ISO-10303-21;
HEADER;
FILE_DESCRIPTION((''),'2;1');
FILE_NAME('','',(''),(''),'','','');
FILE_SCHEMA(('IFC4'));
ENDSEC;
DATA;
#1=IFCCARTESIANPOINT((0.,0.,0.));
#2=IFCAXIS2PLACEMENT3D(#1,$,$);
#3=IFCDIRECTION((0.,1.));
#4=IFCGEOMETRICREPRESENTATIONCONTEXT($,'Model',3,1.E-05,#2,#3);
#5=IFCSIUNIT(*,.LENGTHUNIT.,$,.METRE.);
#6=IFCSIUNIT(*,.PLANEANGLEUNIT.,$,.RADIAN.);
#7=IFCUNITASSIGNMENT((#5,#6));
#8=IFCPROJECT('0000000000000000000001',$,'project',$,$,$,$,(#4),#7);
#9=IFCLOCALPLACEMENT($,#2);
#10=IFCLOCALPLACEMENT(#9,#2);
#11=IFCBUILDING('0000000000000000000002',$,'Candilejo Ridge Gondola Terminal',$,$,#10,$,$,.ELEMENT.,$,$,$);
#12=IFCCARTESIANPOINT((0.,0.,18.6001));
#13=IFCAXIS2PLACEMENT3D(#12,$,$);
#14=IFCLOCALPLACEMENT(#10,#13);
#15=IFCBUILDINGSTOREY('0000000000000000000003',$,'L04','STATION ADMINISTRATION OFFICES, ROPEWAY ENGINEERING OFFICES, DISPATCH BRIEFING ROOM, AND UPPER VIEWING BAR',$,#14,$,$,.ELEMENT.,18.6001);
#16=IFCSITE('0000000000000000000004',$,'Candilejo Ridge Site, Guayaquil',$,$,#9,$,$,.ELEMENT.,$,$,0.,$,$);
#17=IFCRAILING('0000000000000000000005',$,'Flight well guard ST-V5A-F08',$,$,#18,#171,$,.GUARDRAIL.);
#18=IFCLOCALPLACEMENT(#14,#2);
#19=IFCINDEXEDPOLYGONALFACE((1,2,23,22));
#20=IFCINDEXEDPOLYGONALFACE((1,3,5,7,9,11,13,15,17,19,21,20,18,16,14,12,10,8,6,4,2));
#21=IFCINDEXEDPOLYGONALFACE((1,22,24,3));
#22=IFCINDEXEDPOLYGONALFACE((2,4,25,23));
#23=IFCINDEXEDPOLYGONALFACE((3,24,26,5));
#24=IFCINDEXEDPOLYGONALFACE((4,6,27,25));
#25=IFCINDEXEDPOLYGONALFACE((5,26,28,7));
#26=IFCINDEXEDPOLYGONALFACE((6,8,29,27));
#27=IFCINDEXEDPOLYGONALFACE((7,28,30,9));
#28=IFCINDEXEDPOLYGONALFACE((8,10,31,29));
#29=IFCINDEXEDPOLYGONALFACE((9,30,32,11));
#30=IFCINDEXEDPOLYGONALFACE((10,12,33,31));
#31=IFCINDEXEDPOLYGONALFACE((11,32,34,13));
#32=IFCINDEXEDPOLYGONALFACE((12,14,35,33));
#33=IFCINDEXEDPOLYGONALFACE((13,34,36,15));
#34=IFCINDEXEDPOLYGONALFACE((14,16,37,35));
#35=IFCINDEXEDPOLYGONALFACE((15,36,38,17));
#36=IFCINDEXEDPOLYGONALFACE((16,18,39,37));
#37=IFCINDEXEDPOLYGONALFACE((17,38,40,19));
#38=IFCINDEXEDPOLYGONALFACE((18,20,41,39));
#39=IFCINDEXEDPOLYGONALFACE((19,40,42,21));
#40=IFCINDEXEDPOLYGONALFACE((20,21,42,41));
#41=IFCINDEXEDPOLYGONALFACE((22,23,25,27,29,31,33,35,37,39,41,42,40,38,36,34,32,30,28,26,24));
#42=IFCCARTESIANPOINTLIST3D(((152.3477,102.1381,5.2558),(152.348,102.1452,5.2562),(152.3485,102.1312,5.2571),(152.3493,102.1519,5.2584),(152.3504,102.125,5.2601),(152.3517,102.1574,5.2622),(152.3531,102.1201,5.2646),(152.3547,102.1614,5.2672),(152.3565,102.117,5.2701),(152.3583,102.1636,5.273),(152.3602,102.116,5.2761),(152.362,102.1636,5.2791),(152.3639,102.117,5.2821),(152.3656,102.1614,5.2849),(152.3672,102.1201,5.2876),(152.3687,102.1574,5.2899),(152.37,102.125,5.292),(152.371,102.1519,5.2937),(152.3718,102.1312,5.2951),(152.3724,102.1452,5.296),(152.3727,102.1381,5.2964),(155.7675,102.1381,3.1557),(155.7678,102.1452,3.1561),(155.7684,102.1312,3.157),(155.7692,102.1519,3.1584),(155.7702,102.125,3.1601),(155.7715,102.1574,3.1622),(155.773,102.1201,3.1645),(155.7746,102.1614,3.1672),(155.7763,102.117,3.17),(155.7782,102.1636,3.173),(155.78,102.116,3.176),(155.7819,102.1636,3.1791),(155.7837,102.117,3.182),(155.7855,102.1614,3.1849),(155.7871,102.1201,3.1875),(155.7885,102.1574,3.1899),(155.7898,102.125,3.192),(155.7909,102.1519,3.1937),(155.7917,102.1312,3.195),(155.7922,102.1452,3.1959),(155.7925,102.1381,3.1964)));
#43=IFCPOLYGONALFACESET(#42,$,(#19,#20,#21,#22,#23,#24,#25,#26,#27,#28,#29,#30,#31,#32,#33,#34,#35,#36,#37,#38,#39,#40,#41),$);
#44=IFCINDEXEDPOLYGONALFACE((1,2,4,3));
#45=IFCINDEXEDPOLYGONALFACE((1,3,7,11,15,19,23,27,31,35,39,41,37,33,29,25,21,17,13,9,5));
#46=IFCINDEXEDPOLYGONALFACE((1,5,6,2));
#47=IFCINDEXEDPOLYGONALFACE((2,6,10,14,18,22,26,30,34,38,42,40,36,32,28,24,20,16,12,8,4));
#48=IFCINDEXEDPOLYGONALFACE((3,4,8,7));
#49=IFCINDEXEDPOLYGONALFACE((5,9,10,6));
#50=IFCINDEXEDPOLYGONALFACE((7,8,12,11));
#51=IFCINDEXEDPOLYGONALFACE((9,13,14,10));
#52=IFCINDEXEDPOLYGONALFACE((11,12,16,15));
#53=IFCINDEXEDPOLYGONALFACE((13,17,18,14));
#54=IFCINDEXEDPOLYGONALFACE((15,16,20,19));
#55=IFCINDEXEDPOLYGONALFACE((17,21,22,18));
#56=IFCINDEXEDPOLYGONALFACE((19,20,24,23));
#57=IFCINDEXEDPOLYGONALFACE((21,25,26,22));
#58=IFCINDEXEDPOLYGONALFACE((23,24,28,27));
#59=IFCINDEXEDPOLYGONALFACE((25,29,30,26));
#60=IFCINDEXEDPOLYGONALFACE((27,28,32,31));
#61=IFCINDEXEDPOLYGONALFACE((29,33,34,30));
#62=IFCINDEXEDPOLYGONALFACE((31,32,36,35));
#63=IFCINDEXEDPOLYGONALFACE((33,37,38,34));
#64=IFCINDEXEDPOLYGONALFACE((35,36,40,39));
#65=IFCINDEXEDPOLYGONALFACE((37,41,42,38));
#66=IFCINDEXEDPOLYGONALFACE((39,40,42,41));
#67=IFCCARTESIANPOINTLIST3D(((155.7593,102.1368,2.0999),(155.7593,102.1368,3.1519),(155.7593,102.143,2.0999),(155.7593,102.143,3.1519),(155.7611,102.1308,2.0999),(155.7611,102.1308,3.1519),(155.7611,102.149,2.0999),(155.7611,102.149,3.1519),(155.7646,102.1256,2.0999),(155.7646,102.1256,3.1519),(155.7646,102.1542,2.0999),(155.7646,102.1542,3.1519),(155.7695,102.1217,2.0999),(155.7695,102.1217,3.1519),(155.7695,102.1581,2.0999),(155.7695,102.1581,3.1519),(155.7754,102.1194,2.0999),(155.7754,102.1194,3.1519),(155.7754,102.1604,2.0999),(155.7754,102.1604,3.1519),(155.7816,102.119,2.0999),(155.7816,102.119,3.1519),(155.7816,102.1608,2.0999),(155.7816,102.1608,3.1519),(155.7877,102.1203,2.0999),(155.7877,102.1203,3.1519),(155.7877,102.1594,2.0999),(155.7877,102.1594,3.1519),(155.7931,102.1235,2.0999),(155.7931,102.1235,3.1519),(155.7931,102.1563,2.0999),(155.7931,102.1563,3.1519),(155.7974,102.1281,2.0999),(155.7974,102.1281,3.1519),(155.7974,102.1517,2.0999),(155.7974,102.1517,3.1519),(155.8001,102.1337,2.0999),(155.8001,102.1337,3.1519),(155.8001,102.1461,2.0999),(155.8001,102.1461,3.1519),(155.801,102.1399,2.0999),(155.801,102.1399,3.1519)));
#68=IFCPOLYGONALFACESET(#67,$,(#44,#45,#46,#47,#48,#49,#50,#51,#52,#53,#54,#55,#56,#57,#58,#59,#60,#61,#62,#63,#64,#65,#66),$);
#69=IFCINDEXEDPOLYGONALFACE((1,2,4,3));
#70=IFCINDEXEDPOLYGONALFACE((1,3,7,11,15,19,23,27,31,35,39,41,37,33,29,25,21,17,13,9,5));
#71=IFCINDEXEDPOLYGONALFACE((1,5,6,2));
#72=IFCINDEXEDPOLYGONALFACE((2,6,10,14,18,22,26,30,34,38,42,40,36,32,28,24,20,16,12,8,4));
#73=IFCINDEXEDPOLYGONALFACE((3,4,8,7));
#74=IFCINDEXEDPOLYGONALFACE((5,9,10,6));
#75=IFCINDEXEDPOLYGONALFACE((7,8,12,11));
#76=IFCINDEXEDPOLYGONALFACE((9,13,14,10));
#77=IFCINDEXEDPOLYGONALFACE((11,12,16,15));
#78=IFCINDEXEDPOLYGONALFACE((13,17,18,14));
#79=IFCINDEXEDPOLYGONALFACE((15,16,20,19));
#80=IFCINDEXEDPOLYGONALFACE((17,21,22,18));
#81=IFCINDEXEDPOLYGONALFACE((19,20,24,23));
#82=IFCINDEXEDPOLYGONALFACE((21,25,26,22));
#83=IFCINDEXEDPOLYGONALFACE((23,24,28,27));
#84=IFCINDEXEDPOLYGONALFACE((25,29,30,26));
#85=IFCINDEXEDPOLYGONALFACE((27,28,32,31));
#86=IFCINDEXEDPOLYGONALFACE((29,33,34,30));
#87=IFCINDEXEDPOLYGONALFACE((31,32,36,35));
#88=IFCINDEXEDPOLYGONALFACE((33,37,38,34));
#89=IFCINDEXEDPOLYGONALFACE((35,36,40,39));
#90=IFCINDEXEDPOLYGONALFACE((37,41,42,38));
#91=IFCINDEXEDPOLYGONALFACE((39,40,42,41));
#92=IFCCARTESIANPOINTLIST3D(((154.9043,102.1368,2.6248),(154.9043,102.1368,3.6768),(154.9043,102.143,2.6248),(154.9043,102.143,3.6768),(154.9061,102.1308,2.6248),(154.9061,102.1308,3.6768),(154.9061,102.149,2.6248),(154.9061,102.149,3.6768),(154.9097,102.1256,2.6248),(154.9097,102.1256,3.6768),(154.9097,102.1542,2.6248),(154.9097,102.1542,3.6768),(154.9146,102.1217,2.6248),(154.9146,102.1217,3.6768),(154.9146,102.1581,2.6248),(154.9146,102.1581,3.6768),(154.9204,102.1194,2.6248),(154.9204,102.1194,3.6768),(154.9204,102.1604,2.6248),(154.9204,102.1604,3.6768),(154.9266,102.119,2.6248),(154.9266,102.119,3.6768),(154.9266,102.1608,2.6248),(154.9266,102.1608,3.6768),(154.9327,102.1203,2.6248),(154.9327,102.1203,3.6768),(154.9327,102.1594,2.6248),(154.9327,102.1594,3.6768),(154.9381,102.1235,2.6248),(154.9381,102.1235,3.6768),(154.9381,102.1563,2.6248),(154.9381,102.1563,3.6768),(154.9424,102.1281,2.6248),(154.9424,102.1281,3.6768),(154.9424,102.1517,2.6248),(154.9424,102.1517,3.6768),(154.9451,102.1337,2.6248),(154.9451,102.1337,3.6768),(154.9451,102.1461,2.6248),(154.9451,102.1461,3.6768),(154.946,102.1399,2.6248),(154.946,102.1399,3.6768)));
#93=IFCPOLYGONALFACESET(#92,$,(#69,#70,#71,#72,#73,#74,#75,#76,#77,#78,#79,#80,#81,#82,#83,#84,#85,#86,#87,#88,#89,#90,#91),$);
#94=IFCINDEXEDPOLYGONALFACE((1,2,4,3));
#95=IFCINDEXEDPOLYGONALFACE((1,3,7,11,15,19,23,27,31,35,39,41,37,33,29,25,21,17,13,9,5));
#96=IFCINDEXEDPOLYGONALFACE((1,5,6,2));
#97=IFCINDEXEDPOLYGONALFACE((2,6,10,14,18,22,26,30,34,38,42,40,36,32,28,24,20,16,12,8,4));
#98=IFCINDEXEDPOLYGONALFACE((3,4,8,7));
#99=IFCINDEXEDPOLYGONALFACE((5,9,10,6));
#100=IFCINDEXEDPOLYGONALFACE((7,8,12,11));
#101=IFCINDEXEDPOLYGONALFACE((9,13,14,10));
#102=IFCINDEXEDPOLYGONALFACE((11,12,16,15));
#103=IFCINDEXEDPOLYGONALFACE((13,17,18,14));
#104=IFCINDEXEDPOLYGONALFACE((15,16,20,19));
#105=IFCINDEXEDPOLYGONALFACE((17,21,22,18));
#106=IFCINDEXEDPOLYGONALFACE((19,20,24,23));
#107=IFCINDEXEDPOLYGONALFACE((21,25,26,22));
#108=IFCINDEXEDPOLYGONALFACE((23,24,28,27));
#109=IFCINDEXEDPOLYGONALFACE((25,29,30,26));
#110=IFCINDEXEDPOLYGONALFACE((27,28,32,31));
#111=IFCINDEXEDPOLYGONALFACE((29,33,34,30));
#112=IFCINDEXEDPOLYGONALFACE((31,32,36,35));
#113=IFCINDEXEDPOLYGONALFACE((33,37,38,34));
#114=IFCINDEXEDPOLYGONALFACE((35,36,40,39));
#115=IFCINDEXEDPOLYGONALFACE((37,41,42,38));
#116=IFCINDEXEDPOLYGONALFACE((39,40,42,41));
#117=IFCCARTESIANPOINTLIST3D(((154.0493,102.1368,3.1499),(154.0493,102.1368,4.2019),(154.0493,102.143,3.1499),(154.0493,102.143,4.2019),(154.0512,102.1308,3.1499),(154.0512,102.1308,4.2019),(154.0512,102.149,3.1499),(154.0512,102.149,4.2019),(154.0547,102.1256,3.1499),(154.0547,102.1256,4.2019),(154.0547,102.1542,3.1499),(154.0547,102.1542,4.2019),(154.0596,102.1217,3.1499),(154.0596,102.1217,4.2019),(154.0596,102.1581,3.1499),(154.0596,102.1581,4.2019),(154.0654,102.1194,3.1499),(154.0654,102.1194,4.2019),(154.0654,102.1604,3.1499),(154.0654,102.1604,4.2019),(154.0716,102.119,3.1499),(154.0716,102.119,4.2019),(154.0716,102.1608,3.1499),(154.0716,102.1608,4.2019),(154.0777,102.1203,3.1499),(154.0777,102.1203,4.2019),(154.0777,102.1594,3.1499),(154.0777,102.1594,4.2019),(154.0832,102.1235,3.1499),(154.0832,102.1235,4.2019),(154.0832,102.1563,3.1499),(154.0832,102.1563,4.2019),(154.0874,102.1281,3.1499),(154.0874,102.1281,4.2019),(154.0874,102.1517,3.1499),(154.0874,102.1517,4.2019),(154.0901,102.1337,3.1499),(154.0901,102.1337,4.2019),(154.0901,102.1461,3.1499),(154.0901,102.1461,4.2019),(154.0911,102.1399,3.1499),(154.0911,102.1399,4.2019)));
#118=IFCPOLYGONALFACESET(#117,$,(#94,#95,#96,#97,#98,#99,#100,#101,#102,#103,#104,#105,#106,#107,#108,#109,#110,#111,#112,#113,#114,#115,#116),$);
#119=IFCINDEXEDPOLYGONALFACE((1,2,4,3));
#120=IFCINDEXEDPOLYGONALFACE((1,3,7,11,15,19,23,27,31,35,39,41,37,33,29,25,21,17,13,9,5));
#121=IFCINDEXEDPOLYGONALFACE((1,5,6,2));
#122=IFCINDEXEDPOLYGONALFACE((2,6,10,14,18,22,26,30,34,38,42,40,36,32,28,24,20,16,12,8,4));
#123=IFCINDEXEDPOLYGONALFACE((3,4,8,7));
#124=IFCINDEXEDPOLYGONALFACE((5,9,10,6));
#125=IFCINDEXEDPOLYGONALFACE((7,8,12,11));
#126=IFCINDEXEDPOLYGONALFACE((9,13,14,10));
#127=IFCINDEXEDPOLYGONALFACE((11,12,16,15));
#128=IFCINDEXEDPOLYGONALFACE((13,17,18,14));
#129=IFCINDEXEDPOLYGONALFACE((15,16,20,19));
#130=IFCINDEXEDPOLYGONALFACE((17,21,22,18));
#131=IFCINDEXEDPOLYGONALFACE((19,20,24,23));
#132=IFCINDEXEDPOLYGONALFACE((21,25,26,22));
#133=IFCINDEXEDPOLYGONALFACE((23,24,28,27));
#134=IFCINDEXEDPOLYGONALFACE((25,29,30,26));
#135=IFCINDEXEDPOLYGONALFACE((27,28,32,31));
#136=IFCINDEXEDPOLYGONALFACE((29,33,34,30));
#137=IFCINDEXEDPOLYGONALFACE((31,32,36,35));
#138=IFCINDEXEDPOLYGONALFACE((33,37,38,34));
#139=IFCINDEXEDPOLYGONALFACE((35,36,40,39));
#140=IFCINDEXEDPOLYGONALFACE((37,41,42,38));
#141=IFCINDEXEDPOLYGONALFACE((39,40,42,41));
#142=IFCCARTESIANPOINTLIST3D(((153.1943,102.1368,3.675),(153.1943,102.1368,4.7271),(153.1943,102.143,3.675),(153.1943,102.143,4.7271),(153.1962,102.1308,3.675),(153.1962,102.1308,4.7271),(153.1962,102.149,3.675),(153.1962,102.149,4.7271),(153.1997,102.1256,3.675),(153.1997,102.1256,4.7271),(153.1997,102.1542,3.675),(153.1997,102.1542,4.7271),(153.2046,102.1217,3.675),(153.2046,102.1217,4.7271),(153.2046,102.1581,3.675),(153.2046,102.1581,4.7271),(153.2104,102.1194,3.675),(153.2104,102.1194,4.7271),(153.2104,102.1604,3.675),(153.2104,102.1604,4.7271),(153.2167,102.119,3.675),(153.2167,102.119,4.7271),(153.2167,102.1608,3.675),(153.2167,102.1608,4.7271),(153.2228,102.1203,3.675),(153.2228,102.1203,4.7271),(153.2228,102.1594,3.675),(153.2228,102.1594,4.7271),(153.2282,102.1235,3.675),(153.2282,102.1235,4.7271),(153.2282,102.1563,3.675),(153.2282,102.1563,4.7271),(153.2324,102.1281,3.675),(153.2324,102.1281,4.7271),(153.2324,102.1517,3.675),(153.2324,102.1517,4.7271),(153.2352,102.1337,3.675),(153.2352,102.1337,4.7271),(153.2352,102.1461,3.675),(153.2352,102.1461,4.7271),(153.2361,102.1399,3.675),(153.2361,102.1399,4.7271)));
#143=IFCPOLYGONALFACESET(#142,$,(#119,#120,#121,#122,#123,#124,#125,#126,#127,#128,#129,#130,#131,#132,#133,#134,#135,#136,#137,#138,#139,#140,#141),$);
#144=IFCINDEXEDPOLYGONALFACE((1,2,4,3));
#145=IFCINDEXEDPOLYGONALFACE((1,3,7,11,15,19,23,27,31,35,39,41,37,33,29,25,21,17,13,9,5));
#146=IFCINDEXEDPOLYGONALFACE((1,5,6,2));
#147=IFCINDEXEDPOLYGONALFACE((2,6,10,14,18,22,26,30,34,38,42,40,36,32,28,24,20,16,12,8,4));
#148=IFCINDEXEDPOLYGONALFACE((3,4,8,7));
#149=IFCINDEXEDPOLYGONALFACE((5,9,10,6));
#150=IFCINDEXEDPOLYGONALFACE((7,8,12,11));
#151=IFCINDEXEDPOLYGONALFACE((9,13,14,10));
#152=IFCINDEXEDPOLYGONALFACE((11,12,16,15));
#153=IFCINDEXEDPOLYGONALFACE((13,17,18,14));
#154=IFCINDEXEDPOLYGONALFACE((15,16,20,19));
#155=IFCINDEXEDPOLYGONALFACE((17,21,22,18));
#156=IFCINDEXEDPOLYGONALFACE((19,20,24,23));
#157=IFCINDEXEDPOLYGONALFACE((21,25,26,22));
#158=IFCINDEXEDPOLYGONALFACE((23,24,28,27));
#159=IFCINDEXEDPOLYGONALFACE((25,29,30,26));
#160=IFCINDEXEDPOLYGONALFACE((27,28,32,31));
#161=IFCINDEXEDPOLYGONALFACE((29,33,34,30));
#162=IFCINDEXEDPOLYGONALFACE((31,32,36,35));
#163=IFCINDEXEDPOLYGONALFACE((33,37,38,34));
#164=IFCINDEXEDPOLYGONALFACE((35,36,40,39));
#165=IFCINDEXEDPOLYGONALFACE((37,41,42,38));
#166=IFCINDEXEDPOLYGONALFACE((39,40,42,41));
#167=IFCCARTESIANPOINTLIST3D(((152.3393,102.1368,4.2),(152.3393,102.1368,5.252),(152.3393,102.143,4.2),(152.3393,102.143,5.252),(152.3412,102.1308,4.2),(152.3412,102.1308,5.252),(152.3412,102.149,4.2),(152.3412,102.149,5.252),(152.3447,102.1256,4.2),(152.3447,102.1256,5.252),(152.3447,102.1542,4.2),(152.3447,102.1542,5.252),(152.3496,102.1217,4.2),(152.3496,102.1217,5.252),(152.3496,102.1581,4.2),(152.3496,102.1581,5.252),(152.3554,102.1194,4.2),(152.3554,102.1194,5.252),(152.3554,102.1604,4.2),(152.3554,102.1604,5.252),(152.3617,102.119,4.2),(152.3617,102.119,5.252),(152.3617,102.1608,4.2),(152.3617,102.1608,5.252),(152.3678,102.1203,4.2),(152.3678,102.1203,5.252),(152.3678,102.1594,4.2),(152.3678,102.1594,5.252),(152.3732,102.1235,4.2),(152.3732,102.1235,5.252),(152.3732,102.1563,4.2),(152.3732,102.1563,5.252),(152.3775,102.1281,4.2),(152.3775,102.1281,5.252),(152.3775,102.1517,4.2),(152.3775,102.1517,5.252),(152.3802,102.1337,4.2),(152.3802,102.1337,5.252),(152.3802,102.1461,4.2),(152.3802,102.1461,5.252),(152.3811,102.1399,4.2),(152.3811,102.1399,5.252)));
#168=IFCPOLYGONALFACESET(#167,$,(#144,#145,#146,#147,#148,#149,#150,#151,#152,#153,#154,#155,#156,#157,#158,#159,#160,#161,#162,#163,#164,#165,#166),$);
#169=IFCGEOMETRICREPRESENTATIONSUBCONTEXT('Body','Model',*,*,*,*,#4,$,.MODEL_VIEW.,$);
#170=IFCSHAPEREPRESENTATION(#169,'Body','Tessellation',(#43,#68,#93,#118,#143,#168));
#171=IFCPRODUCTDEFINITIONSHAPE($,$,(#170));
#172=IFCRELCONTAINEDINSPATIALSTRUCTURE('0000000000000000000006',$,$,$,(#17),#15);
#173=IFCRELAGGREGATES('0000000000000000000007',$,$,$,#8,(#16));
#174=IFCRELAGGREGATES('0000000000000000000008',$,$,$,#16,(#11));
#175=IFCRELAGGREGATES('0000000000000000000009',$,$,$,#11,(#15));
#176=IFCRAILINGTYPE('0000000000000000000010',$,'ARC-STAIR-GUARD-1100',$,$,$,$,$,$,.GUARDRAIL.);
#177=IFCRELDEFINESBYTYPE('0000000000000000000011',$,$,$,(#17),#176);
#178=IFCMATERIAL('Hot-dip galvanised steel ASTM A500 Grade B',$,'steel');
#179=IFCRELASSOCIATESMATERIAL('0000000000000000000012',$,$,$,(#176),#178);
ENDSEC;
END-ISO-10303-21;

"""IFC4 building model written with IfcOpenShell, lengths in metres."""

from ifc_helpers import new_model, si_unit, direction, frame, origin, origin_2d, place, context, subcontext, project, spatial, circle, extrude, material, type_object, element, save


model = new_model("IFC4")

# Units and contexts
model_context = context("Model", 3, precision=1e-05, world=origin(), true_north=direction((0.0, 1.0)))
body_context = subcontext(model_context, "Body", "Model", "MODEL_VIEW")
ifc_project = project(units=[si_unit("LENGTHUNIT", "METRE"), si_unit("PLANEANGLEUNIT", "RADIAN")], contexts=[model_context])

# Site, building, storey
site_placement = place(None, origin())
site = spatial("IfcSite", under=ifc_project, at=site_placement, Name="Candilejo Ridge Site, Guayaquil", CompositionType="ELEMENT", RefElevation=0.0)
building_placement = place(site_placement, origin())
building = spatial("IfcBuilding", under=site, at=building_placement, Name="Candilejo Ridge Gondola Terminal", CompositionType="ELEMENT")
storey_placement = place(building_placement, frame((0.0, 0.0, 18.6001)))
storey = spatial("IfcBuildingStorey", under=building, at=storey_placement, Name="L04", Description="STATION ADMINISTRATION OFFICES, ROPEWAY ENGINEERING OFFICES, DISPATCH BRIEFING ROOM, AND UPPER VIEWING BAR", CompositionType="ELEMENT", Elevation=18.6001)

# Railing
ifc_material_1 = material(Name="Hot-dip galvanised steel ASTM A500 Grade B", Category="steel")
railing_type_1 = type_object("IfcRailingType", Name="ARC-STAIR-GUARD-1100", PredefinedType="GUARDRAIL", material=ifc_material_1)
railing_1_placement = place(storey_placement, frame((155.78, 102.1399, 2.0999)))
element("IfcRailing", 1, at=railing_1_placement, inside=storey, type_object=railing_type_1, Name="Flight well guard ST-V5A-F08", PredefinedType="GUARDRAIL", context=body_context, shape_type="SweptSolid", body=[
    extrude(circle(Radius=0.0239, at=origin_2d()), frame((0.0, 0.0, 1.0762), z_axis=(-0.852155, 0.0, 0.523289), x_axis=(0.0, -1.0, 0.0)), (0.0, 0.0, 1.0), 4.0132),
    extrude(circle(Radius=0.021, at=origin_2d()), origin(), (0.0, 0.0, 1.0), 1.052),
    extrude(circle(Radius=0.021, at=origin_2d()), frame((-0.855, 0.0, 0.5249)), (0.0, 0.0, 1.0), 1.052),
    extrude(circle(Radius=0.021, at=origin_2d()), frame((-1.71, 0.0, 1.05)), (0.0, 0.0, 1.0), 1.052),
    extrude(circle(Radius=0.021, at=origin_2d()), frame((-2.5649, 0.0, 1.5752)), (0.0, 0.0, 1.0), 1.052),
    extrude(circle(Radius=0.021, at=origin_2d()), frame((-3.4199, 0.0, 2.1001)), (0.0, 0.0, 1.0), 1.052),
])

save(model, "model.ifc")
